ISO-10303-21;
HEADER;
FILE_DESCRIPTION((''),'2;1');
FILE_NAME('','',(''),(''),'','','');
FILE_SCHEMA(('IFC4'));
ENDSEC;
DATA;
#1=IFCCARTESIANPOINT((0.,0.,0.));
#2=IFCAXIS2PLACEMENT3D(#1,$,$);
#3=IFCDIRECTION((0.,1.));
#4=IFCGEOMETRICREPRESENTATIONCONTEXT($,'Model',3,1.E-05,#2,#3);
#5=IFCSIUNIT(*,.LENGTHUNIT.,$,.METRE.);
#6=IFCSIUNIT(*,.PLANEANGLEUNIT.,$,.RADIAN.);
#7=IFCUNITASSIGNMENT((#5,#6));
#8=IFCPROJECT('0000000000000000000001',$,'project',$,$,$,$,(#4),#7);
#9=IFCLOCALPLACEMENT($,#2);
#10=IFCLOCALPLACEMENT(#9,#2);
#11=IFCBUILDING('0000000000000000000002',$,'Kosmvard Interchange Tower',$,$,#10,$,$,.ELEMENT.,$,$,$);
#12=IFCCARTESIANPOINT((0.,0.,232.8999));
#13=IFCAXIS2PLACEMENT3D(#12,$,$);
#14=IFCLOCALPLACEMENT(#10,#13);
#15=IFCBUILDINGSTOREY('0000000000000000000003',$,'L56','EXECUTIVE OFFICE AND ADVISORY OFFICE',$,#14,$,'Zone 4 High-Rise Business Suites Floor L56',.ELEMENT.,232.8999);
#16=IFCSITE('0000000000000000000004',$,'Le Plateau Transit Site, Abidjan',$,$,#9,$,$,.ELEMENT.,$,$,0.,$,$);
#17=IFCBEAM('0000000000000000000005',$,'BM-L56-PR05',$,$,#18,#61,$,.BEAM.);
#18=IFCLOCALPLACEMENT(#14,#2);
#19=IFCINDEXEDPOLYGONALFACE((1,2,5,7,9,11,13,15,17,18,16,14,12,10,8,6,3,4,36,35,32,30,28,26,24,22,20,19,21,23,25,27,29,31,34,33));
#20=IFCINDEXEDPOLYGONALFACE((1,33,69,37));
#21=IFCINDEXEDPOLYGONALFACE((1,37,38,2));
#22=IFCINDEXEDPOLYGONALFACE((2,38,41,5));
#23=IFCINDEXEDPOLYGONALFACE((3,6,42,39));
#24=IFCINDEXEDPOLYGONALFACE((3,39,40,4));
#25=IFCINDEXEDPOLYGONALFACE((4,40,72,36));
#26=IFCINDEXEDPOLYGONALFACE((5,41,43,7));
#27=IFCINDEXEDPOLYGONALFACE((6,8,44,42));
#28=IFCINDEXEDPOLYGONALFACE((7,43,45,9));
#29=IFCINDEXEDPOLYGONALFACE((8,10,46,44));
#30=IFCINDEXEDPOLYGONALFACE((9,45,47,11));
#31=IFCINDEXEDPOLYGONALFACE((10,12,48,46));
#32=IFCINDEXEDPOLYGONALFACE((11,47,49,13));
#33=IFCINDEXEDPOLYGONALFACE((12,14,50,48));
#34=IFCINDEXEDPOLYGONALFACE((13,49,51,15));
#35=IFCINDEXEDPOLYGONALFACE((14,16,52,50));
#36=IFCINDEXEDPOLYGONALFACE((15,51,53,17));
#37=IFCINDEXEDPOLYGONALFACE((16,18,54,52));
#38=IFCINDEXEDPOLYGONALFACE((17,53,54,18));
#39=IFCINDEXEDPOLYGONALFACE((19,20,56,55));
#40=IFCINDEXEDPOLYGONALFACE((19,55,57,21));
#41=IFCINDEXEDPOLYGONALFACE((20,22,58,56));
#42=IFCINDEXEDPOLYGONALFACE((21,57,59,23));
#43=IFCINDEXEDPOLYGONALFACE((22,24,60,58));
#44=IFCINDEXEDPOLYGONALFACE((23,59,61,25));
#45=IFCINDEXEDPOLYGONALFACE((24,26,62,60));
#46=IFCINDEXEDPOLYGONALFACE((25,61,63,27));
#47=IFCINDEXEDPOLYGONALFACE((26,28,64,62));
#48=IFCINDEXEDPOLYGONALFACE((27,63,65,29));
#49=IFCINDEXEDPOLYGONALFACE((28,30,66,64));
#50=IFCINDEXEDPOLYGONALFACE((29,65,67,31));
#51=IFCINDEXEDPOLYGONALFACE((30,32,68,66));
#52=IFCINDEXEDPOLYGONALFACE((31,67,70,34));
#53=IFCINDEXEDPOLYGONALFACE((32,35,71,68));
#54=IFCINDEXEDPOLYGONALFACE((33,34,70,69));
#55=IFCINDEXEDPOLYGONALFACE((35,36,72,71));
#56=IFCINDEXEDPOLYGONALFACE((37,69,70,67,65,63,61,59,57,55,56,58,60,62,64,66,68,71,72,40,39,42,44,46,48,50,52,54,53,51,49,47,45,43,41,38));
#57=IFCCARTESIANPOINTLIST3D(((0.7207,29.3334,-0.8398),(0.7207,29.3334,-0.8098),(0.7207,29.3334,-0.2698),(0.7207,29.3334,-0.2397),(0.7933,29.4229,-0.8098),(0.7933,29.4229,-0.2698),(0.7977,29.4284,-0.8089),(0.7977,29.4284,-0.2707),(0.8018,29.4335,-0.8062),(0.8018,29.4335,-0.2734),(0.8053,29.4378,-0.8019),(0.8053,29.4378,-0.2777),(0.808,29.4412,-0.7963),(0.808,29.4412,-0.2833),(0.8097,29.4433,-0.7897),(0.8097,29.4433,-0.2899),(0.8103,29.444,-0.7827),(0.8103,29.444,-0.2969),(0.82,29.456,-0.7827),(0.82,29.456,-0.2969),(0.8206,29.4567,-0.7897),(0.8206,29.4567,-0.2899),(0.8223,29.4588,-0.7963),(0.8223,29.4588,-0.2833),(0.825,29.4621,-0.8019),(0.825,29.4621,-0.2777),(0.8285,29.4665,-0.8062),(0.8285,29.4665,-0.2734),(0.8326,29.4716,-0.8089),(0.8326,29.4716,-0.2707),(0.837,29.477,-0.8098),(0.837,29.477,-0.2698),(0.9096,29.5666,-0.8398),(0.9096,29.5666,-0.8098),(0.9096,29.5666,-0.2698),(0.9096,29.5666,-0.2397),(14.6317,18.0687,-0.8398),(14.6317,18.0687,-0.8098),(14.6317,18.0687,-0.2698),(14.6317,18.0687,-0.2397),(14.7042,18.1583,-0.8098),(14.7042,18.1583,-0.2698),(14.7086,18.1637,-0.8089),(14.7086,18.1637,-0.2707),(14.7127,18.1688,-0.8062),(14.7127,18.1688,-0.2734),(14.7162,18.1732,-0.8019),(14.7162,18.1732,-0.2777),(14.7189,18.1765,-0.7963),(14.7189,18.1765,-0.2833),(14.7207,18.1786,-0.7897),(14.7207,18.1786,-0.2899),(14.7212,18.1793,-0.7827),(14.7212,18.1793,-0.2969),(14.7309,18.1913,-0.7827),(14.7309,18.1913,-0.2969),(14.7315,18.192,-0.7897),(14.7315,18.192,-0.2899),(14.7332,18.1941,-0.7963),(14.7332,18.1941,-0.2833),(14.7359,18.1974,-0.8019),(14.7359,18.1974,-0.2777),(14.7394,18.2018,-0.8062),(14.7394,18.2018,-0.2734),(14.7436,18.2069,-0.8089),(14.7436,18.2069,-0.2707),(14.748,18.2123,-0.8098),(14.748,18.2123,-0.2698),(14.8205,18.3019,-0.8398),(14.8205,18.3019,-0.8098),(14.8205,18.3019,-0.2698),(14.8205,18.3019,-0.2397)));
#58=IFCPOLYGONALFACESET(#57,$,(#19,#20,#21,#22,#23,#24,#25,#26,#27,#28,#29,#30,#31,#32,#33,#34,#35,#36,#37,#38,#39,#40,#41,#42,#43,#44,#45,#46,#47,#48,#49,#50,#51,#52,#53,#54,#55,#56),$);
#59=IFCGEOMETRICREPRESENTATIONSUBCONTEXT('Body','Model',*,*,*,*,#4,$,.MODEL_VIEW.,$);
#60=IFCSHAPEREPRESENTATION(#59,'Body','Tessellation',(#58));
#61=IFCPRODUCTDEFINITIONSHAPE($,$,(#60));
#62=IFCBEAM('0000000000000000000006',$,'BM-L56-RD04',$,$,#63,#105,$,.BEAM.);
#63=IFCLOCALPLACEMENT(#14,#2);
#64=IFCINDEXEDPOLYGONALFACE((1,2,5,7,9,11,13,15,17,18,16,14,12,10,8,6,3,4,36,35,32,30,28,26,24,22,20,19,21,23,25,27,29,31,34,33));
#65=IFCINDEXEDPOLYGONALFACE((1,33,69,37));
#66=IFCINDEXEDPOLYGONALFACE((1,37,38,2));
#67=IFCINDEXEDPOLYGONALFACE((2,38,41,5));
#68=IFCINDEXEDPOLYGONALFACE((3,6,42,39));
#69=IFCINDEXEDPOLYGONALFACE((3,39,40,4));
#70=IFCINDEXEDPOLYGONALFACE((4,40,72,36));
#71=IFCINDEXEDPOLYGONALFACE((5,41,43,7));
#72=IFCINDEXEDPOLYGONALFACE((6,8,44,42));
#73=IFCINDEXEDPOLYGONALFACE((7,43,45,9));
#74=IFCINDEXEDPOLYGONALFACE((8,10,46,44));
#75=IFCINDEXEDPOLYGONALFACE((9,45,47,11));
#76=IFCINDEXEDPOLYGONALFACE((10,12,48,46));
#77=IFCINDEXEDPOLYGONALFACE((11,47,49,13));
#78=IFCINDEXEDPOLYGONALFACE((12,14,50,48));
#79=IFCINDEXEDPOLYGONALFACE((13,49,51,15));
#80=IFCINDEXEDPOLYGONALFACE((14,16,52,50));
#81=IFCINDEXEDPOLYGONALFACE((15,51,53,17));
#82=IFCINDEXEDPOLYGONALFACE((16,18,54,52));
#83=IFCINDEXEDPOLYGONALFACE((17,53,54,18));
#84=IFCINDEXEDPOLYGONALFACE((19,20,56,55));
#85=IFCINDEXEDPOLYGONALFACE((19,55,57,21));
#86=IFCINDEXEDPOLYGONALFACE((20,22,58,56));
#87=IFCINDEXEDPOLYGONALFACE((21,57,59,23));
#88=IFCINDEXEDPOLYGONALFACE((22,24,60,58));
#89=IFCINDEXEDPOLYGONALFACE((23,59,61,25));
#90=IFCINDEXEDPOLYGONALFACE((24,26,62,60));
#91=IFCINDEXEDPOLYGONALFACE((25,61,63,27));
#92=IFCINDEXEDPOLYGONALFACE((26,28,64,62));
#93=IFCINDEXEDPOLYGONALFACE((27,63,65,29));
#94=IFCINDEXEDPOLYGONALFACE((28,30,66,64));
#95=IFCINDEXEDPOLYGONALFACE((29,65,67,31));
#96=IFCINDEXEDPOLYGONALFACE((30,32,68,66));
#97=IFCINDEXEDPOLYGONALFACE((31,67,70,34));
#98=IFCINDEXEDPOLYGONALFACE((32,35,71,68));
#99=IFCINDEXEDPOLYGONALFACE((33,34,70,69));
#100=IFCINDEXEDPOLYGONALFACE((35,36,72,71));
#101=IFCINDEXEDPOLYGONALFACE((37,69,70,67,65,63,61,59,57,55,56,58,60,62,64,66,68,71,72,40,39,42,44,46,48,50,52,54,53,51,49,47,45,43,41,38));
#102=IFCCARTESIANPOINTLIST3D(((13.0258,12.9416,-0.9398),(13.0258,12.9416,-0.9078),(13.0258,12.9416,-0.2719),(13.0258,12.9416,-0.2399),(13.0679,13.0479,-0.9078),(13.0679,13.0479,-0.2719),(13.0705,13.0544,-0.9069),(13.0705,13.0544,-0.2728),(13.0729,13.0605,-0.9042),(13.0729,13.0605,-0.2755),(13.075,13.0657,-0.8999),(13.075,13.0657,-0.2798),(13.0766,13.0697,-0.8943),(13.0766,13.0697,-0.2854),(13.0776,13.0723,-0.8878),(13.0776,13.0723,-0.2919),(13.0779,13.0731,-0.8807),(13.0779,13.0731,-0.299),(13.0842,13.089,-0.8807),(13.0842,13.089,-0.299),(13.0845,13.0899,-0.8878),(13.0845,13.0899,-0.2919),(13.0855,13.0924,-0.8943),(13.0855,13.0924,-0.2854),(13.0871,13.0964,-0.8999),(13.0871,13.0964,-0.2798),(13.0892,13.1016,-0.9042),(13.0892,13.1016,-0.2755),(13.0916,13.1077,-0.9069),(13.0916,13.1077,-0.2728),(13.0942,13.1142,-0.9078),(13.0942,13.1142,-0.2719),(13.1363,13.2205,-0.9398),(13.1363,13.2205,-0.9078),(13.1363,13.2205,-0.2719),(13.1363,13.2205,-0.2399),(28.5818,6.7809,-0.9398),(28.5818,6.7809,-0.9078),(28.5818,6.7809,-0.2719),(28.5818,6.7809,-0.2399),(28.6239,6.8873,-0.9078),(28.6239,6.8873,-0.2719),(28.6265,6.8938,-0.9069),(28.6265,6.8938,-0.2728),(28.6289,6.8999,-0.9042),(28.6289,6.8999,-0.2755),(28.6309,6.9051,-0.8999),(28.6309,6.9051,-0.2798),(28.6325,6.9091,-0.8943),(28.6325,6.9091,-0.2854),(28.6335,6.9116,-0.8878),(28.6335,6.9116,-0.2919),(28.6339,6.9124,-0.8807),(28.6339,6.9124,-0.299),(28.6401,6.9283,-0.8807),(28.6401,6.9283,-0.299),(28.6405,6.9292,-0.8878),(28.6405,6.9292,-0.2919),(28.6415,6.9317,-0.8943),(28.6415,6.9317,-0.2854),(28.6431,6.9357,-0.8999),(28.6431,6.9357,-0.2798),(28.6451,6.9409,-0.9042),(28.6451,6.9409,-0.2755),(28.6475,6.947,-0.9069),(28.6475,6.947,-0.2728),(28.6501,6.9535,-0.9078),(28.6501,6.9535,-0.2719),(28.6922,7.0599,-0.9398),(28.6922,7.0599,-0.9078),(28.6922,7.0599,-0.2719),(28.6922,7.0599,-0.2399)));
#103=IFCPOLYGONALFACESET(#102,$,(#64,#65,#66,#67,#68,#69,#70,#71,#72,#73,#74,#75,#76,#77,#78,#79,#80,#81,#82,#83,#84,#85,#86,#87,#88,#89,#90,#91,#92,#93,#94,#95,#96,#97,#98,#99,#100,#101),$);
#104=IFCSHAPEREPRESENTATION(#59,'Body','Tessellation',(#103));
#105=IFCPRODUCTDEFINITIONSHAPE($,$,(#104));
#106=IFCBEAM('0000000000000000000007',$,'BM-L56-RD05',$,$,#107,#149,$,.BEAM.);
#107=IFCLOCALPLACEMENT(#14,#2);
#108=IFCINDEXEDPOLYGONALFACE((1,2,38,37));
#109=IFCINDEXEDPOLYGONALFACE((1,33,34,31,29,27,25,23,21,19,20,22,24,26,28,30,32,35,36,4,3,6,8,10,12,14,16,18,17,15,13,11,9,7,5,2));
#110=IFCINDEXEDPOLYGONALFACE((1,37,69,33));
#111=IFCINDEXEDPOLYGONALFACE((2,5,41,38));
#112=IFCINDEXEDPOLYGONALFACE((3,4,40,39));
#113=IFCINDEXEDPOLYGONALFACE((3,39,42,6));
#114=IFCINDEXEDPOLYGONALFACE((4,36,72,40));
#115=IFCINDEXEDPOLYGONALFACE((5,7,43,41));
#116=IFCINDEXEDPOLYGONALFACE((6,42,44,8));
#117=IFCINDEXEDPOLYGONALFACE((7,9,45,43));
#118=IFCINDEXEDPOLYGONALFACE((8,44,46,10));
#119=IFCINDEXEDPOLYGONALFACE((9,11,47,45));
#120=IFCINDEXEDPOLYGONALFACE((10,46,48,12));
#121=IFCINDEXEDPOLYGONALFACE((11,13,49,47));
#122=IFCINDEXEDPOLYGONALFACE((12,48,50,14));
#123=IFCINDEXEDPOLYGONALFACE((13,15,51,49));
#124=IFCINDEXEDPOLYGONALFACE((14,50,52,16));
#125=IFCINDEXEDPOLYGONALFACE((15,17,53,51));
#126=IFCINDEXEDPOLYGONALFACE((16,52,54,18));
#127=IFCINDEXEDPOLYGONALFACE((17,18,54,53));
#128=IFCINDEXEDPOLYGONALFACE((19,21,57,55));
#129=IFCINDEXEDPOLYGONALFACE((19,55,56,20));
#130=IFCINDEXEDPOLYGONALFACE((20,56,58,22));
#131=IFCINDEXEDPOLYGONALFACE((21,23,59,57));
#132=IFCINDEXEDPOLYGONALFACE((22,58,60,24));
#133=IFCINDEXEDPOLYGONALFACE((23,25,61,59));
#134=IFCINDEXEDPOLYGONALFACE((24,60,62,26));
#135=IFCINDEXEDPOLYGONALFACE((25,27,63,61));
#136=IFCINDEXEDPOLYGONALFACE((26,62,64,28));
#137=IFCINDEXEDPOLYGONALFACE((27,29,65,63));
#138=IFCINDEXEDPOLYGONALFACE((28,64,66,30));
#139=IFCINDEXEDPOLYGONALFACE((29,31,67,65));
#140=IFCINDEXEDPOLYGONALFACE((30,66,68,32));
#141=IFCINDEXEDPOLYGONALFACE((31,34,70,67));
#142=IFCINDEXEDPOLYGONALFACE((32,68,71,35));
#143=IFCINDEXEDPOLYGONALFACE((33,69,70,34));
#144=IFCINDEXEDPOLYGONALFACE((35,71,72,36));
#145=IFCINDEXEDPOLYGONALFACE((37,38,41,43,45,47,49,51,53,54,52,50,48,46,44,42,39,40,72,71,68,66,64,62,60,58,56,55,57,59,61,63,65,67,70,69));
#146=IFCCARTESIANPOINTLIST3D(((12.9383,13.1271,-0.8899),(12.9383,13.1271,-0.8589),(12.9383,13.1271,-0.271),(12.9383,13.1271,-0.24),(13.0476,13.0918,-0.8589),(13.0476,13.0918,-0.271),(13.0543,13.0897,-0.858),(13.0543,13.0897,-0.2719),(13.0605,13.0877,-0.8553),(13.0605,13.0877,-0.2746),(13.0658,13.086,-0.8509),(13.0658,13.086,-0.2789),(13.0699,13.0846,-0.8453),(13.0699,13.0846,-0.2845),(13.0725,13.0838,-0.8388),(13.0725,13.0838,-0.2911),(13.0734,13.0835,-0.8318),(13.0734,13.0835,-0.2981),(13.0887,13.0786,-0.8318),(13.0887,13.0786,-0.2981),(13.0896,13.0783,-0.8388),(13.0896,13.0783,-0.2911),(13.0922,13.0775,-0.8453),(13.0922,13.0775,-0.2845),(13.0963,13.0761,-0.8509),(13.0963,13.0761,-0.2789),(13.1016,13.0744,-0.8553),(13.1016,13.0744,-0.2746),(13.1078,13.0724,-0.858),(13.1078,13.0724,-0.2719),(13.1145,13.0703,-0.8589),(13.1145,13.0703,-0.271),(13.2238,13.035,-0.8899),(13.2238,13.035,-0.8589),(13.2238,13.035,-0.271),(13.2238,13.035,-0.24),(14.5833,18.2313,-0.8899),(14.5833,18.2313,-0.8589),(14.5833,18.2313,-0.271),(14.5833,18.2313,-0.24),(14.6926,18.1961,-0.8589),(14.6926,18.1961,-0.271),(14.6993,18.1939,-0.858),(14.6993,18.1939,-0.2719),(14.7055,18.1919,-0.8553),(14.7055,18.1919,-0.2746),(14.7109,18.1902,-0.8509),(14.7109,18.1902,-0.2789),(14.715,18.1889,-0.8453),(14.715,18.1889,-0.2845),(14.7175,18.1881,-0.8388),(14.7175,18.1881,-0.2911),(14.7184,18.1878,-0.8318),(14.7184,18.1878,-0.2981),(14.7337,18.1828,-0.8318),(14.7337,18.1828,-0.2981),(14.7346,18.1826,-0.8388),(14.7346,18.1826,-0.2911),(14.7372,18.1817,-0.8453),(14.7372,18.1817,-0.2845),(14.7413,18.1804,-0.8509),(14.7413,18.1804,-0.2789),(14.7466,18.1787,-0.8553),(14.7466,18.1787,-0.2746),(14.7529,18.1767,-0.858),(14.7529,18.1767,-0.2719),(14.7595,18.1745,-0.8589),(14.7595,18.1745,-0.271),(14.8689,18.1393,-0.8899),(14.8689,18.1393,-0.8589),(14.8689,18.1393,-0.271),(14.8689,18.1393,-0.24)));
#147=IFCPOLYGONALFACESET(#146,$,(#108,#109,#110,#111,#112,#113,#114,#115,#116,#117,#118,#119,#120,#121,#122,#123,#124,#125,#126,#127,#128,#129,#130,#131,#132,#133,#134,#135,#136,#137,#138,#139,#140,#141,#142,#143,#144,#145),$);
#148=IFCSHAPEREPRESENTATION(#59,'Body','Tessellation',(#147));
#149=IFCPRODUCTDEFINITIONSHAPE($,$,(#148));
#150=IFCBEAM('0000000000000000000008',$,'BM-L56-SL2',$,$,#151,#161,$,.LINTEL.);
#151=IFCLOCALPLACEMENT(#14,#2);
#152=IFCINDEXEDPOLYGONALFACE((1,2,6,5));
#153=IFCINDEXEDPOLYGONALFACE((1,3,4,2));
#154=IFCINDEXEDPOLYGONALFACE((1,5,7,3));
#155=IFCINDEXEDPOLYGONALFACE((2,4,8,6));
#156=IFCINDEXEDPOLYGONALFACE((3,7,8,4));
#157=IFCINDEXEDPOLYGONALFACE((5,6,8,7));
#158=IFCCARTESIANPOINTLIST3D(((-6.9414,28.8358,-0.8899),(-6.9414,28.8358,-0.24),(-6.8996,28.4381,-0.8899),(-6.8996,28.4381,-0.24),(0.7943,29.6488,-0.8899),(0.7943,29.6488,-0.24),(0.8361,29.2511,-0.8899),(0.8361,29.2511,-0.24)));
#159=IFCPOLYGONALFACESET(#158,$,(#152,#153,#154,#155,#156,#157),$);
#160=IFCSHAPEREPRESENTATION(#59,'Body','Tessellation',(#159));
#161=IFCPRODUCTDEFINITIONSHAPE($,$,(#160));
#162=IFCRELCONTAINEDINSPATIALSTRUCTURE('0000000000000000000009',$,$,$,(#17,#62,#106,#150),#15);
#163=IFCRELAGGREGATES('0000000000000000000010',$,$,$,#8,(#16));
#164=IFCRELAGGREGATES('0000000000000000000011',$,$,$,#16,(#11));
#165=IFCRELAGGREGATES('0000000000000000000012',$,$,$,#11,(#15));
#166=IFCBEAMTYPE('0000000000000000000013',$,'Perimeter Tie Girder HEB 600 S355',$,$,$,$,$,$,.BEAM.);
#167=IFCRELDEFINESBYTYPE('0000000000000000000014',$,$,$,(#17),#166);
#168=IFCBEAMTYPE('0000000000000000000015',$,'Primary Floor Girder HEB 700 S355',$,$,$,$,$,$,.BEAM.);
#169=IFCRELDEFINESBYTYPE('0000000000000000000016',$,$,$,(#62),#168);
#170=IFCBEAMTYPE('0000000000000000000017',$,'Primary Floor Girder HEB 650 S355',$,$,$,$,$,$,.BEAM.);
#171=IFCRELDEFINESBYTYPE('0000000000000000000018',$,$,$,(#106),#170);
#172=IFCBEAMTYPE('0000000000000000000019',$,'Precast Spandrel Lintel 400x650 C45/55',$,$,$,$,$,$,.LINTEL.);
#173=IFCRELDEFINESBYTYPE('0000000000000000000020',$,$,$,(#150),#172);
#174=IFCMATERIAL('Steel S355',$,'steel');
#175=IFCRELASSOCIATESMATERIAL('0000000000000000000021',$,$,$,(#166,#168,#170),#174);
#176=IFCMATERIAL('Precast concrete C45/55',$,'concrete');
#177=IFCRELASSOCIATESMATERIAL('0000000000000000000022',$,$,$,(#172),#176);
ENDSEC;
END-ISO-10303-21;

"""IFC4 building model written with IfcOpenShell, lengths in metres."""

from ifc_helpers import new_model, si_unit, direction, frame, origin, origin_2d, place, context, subcontext, project, spatial, rectangle, i_section, extrude, source, transform, mapped, material, material_profile, profile_set, type_object, element, save


model = new_model("IFC4")

# Units and contexts
model_context = context("Model", 3, precision=1e-05, world=origin(), true_north=direction((0.0, 1.0)))
body_context = subcontext(model_context, "Body", "Model", "MODEL_VIEW")
ifc_project = project(units=[si_unit("LENGTHUNIT", "METRE"), si_unit("PLANEANGLEUNIT", "RADIAN")], contexts=[model_context])

# Site, building, storey
site_placement = place(None, origin())
site = spatial("IfcSite", under=ifc_project, at=site_placement, Name="Le Plateau Transit Site, Abidjan", CompositionType="ELEMENT", RefElevation=0.0)
building_placement = place(site_placement, origin())
building = spatial("IfcBuilding", under=site, at=building_placement, Name="Kosmvard Interchange Tower", CompositionType="ELEMENT")
storey_placement = place(building_placement, frame((0.0, 0.0, 232.8999)))
storey = spatial("IfcBuildingStorey", under=building, at=storey_placement, Name="L56", Description="EXECUTIVE OFFICE AND ADVISORY OFFICE", LongName="Zone 4 High-Rise Business Suites Floor L56", CompositionType="ELEMENT", Elevation=232.8999)

# Beams
ifc_material_1 = material(Name="Steel S355", Category="steel")
ifc_material_profile_1 = material_profile(ifc_material_1, i_section(OverallWidth=0.3, OverallDepth=0.6001, WebThickness=0.0154, FlangeThickness=0.03, FilletRadius=0.0271, at=origin_2d()), Name="HEB 600")
ifc_profile_set_1 = profile_set([ifc_material_profile_1], Name="Steel S355")
beam_type_1 = type_object("IfcBeamType", Name="Perimeter Tie Girder HEB 600 S355", PredefinedType="BEAM", material=ifc_profile_set_1)
shared_shape_1 = source(origin(), body_context, "Body", "SweptSolid", [
    extrude(i_section(OverallWidth=0.3, OverallDepth=0.6001, WebThickness=0.0154, FlangeThickness=0.03, FilletRadius=0.0271, at=origin_2d()), origin(), (0.0, 0.0, 1.0), 17.8999),
])
beam_1_placement = place(storey_placement, frame((14.7261, 18.1853, -0.5398), z_axis=(-0.777151, 0.629315, 0.0), x_axis=(-0.629315, -0.777151, 0.0)))
element("IfcBeam", 1, at=beam_1_placement, inside=storey, type_object=beam_type_1, Name="BM-L56-PR05", PredefinedType="BEAM", context=body_context, shape_type="MappedRepresentation", body=[
    mapped(shared_shape_1, transform((0.0, 0.0, 0.0), scale=1.0)),
])
ifc_material_profile_2 = material_profile(ifc_material_1, i_section(OverallWidth=0.3, OverallDepth=0.7, WebThickness=0.0171, FlangeThickness=0.032, FilletRadius=0.0271, at=origin_2d()), Name="HEB 700")
ifc_profile_set_2 = profile_set([ifc_material_profile_2], Name="Steel S355")
beam_type_2 = type_object("IfcBeamType", Name="Primary Floor Girder HEB 700 S355", PredefinedType="BEAM", material=ifc_profile_set_2)
shared_shape_2 = source(origin(), body_context, "Body", "SweptSolid", [
    extrude(i_section(OverallWidth=0.3, OverallDepth=0.7, WebThickness=0.0171, FlangeThickness=0.032, FilletRadius=0.0271, at=origin_2d()), origin(), (0.0, 0.0, 1.0), 16.7314),
])
beam_2_placement = place(storey_placement, frame((13.0811, 13.0811, -0.5898), z_axis=(0.929743, -0.368209, 0.0), x_axis=(0.368209, 0.929743, 0.0)))
element("IfcBeam", 2, at=beam_2_placement, inside=storey, type_object=beam_type_2, Name="BM-L56-RD04", PredefinedType="BEAM", context=body_context, shape_type="MappedRepresentation", body=[
    mapped(shared_shape_2, transform((0.0, 0.0, 0.0), scale=1.0)),
])
ifc_material_profile_3 = material_profile(ifc_material_1, i_section(OverallWidth=0.3, OverallDepth=0.6499, WebThickness=0.0161, FlangeThickness=0.031, FilletRadius=0.0271, at=origin_2d()), Name="HEB 650")
ifc_profile_set_3 = profile_set([ifc_material_profile_3], Name="Steel S355")
beam_type_3 = type_object("IfcBeamType", Name="Primary Floor Girder HEB 650 S355", PredefinedType="BEAM", material=ifc_profile_set_3)
shared_shape_3 = source(origin(), body_context, "Body", "SweptSolid", [
    extrude(i_section(OverallWidth=0.3, OverallDepth=0.6499, WebThickness=0.0161, FlangeThickness=0.031, FilletRadius=0.0271, at=origin_2d()), origin(), (0.0, 0.0, 1.0), 5.3628),
])
beam_3_placement = place(storey_placement, frame((13.0811, 13.0811, -0.5649), z_axis=(0.306747, 0.951791, 0.0), x_axis=(-0.951791, 0.306747, 0.0)))
element("IfcBeam", 3, at=beam_3_placement, inside=storey, type_object=beam_type_3, Name="BM-L56-RD05", PredefinedType="BEAM", context=body_context, shape_type="MappedRepresentation", body=[
    mapped(shared_shape_3, transform((0.0, 0.0, 0.0), scale=1.0)),
])
ifc_material_2 = material(Name="Precast concrete C45/55", Category="concrete")
ifc_material_profile_4 = material_profile(ifc_material_2, rectangle(XDim=0.3999, YDim=0.6499, at=origin_2d()), Name="SL 400x650")
ifc_profile_set_4 = profile_set([ifc_material_profile_4], Name="Precast concrete C45/55")
beam_type_4 = type_object("IfcBeamType", Name="Precast Spandrel Lintel 400x650 C45/55", PredefinedType="LINTEL", material=ifc_profile_set_4)
shared_shape_4 = source(origin(), body_context, "Body", "SweptSolid", [
    extrude(rectangle(XDim=0.3999, YDim=0.6499, at=origin_2d()), origin(), (0.0, 0.0, 1.0), 7.7783),
])
beam_4_placement = place(storey_placement, frame((0.8152, 29.45, -0.5649), z_axis=(-0.994523, -0.104521, 0.0), x_axis=(0.104521, -0.994523, 0.0)))
element("IfcBeam", 4, at=beam_4_placement, inside=storey, type_object=beam_type_4, Name="BM-L56-SL2", PredefinedType="LINTEL", context=body_context, shape_type="MappedRepresentation", body=[
    mapped(shared_shape_4, transform((0.0, 0.0, 0.0), scale=1.0)),
])

save(model, "model.ifc")
